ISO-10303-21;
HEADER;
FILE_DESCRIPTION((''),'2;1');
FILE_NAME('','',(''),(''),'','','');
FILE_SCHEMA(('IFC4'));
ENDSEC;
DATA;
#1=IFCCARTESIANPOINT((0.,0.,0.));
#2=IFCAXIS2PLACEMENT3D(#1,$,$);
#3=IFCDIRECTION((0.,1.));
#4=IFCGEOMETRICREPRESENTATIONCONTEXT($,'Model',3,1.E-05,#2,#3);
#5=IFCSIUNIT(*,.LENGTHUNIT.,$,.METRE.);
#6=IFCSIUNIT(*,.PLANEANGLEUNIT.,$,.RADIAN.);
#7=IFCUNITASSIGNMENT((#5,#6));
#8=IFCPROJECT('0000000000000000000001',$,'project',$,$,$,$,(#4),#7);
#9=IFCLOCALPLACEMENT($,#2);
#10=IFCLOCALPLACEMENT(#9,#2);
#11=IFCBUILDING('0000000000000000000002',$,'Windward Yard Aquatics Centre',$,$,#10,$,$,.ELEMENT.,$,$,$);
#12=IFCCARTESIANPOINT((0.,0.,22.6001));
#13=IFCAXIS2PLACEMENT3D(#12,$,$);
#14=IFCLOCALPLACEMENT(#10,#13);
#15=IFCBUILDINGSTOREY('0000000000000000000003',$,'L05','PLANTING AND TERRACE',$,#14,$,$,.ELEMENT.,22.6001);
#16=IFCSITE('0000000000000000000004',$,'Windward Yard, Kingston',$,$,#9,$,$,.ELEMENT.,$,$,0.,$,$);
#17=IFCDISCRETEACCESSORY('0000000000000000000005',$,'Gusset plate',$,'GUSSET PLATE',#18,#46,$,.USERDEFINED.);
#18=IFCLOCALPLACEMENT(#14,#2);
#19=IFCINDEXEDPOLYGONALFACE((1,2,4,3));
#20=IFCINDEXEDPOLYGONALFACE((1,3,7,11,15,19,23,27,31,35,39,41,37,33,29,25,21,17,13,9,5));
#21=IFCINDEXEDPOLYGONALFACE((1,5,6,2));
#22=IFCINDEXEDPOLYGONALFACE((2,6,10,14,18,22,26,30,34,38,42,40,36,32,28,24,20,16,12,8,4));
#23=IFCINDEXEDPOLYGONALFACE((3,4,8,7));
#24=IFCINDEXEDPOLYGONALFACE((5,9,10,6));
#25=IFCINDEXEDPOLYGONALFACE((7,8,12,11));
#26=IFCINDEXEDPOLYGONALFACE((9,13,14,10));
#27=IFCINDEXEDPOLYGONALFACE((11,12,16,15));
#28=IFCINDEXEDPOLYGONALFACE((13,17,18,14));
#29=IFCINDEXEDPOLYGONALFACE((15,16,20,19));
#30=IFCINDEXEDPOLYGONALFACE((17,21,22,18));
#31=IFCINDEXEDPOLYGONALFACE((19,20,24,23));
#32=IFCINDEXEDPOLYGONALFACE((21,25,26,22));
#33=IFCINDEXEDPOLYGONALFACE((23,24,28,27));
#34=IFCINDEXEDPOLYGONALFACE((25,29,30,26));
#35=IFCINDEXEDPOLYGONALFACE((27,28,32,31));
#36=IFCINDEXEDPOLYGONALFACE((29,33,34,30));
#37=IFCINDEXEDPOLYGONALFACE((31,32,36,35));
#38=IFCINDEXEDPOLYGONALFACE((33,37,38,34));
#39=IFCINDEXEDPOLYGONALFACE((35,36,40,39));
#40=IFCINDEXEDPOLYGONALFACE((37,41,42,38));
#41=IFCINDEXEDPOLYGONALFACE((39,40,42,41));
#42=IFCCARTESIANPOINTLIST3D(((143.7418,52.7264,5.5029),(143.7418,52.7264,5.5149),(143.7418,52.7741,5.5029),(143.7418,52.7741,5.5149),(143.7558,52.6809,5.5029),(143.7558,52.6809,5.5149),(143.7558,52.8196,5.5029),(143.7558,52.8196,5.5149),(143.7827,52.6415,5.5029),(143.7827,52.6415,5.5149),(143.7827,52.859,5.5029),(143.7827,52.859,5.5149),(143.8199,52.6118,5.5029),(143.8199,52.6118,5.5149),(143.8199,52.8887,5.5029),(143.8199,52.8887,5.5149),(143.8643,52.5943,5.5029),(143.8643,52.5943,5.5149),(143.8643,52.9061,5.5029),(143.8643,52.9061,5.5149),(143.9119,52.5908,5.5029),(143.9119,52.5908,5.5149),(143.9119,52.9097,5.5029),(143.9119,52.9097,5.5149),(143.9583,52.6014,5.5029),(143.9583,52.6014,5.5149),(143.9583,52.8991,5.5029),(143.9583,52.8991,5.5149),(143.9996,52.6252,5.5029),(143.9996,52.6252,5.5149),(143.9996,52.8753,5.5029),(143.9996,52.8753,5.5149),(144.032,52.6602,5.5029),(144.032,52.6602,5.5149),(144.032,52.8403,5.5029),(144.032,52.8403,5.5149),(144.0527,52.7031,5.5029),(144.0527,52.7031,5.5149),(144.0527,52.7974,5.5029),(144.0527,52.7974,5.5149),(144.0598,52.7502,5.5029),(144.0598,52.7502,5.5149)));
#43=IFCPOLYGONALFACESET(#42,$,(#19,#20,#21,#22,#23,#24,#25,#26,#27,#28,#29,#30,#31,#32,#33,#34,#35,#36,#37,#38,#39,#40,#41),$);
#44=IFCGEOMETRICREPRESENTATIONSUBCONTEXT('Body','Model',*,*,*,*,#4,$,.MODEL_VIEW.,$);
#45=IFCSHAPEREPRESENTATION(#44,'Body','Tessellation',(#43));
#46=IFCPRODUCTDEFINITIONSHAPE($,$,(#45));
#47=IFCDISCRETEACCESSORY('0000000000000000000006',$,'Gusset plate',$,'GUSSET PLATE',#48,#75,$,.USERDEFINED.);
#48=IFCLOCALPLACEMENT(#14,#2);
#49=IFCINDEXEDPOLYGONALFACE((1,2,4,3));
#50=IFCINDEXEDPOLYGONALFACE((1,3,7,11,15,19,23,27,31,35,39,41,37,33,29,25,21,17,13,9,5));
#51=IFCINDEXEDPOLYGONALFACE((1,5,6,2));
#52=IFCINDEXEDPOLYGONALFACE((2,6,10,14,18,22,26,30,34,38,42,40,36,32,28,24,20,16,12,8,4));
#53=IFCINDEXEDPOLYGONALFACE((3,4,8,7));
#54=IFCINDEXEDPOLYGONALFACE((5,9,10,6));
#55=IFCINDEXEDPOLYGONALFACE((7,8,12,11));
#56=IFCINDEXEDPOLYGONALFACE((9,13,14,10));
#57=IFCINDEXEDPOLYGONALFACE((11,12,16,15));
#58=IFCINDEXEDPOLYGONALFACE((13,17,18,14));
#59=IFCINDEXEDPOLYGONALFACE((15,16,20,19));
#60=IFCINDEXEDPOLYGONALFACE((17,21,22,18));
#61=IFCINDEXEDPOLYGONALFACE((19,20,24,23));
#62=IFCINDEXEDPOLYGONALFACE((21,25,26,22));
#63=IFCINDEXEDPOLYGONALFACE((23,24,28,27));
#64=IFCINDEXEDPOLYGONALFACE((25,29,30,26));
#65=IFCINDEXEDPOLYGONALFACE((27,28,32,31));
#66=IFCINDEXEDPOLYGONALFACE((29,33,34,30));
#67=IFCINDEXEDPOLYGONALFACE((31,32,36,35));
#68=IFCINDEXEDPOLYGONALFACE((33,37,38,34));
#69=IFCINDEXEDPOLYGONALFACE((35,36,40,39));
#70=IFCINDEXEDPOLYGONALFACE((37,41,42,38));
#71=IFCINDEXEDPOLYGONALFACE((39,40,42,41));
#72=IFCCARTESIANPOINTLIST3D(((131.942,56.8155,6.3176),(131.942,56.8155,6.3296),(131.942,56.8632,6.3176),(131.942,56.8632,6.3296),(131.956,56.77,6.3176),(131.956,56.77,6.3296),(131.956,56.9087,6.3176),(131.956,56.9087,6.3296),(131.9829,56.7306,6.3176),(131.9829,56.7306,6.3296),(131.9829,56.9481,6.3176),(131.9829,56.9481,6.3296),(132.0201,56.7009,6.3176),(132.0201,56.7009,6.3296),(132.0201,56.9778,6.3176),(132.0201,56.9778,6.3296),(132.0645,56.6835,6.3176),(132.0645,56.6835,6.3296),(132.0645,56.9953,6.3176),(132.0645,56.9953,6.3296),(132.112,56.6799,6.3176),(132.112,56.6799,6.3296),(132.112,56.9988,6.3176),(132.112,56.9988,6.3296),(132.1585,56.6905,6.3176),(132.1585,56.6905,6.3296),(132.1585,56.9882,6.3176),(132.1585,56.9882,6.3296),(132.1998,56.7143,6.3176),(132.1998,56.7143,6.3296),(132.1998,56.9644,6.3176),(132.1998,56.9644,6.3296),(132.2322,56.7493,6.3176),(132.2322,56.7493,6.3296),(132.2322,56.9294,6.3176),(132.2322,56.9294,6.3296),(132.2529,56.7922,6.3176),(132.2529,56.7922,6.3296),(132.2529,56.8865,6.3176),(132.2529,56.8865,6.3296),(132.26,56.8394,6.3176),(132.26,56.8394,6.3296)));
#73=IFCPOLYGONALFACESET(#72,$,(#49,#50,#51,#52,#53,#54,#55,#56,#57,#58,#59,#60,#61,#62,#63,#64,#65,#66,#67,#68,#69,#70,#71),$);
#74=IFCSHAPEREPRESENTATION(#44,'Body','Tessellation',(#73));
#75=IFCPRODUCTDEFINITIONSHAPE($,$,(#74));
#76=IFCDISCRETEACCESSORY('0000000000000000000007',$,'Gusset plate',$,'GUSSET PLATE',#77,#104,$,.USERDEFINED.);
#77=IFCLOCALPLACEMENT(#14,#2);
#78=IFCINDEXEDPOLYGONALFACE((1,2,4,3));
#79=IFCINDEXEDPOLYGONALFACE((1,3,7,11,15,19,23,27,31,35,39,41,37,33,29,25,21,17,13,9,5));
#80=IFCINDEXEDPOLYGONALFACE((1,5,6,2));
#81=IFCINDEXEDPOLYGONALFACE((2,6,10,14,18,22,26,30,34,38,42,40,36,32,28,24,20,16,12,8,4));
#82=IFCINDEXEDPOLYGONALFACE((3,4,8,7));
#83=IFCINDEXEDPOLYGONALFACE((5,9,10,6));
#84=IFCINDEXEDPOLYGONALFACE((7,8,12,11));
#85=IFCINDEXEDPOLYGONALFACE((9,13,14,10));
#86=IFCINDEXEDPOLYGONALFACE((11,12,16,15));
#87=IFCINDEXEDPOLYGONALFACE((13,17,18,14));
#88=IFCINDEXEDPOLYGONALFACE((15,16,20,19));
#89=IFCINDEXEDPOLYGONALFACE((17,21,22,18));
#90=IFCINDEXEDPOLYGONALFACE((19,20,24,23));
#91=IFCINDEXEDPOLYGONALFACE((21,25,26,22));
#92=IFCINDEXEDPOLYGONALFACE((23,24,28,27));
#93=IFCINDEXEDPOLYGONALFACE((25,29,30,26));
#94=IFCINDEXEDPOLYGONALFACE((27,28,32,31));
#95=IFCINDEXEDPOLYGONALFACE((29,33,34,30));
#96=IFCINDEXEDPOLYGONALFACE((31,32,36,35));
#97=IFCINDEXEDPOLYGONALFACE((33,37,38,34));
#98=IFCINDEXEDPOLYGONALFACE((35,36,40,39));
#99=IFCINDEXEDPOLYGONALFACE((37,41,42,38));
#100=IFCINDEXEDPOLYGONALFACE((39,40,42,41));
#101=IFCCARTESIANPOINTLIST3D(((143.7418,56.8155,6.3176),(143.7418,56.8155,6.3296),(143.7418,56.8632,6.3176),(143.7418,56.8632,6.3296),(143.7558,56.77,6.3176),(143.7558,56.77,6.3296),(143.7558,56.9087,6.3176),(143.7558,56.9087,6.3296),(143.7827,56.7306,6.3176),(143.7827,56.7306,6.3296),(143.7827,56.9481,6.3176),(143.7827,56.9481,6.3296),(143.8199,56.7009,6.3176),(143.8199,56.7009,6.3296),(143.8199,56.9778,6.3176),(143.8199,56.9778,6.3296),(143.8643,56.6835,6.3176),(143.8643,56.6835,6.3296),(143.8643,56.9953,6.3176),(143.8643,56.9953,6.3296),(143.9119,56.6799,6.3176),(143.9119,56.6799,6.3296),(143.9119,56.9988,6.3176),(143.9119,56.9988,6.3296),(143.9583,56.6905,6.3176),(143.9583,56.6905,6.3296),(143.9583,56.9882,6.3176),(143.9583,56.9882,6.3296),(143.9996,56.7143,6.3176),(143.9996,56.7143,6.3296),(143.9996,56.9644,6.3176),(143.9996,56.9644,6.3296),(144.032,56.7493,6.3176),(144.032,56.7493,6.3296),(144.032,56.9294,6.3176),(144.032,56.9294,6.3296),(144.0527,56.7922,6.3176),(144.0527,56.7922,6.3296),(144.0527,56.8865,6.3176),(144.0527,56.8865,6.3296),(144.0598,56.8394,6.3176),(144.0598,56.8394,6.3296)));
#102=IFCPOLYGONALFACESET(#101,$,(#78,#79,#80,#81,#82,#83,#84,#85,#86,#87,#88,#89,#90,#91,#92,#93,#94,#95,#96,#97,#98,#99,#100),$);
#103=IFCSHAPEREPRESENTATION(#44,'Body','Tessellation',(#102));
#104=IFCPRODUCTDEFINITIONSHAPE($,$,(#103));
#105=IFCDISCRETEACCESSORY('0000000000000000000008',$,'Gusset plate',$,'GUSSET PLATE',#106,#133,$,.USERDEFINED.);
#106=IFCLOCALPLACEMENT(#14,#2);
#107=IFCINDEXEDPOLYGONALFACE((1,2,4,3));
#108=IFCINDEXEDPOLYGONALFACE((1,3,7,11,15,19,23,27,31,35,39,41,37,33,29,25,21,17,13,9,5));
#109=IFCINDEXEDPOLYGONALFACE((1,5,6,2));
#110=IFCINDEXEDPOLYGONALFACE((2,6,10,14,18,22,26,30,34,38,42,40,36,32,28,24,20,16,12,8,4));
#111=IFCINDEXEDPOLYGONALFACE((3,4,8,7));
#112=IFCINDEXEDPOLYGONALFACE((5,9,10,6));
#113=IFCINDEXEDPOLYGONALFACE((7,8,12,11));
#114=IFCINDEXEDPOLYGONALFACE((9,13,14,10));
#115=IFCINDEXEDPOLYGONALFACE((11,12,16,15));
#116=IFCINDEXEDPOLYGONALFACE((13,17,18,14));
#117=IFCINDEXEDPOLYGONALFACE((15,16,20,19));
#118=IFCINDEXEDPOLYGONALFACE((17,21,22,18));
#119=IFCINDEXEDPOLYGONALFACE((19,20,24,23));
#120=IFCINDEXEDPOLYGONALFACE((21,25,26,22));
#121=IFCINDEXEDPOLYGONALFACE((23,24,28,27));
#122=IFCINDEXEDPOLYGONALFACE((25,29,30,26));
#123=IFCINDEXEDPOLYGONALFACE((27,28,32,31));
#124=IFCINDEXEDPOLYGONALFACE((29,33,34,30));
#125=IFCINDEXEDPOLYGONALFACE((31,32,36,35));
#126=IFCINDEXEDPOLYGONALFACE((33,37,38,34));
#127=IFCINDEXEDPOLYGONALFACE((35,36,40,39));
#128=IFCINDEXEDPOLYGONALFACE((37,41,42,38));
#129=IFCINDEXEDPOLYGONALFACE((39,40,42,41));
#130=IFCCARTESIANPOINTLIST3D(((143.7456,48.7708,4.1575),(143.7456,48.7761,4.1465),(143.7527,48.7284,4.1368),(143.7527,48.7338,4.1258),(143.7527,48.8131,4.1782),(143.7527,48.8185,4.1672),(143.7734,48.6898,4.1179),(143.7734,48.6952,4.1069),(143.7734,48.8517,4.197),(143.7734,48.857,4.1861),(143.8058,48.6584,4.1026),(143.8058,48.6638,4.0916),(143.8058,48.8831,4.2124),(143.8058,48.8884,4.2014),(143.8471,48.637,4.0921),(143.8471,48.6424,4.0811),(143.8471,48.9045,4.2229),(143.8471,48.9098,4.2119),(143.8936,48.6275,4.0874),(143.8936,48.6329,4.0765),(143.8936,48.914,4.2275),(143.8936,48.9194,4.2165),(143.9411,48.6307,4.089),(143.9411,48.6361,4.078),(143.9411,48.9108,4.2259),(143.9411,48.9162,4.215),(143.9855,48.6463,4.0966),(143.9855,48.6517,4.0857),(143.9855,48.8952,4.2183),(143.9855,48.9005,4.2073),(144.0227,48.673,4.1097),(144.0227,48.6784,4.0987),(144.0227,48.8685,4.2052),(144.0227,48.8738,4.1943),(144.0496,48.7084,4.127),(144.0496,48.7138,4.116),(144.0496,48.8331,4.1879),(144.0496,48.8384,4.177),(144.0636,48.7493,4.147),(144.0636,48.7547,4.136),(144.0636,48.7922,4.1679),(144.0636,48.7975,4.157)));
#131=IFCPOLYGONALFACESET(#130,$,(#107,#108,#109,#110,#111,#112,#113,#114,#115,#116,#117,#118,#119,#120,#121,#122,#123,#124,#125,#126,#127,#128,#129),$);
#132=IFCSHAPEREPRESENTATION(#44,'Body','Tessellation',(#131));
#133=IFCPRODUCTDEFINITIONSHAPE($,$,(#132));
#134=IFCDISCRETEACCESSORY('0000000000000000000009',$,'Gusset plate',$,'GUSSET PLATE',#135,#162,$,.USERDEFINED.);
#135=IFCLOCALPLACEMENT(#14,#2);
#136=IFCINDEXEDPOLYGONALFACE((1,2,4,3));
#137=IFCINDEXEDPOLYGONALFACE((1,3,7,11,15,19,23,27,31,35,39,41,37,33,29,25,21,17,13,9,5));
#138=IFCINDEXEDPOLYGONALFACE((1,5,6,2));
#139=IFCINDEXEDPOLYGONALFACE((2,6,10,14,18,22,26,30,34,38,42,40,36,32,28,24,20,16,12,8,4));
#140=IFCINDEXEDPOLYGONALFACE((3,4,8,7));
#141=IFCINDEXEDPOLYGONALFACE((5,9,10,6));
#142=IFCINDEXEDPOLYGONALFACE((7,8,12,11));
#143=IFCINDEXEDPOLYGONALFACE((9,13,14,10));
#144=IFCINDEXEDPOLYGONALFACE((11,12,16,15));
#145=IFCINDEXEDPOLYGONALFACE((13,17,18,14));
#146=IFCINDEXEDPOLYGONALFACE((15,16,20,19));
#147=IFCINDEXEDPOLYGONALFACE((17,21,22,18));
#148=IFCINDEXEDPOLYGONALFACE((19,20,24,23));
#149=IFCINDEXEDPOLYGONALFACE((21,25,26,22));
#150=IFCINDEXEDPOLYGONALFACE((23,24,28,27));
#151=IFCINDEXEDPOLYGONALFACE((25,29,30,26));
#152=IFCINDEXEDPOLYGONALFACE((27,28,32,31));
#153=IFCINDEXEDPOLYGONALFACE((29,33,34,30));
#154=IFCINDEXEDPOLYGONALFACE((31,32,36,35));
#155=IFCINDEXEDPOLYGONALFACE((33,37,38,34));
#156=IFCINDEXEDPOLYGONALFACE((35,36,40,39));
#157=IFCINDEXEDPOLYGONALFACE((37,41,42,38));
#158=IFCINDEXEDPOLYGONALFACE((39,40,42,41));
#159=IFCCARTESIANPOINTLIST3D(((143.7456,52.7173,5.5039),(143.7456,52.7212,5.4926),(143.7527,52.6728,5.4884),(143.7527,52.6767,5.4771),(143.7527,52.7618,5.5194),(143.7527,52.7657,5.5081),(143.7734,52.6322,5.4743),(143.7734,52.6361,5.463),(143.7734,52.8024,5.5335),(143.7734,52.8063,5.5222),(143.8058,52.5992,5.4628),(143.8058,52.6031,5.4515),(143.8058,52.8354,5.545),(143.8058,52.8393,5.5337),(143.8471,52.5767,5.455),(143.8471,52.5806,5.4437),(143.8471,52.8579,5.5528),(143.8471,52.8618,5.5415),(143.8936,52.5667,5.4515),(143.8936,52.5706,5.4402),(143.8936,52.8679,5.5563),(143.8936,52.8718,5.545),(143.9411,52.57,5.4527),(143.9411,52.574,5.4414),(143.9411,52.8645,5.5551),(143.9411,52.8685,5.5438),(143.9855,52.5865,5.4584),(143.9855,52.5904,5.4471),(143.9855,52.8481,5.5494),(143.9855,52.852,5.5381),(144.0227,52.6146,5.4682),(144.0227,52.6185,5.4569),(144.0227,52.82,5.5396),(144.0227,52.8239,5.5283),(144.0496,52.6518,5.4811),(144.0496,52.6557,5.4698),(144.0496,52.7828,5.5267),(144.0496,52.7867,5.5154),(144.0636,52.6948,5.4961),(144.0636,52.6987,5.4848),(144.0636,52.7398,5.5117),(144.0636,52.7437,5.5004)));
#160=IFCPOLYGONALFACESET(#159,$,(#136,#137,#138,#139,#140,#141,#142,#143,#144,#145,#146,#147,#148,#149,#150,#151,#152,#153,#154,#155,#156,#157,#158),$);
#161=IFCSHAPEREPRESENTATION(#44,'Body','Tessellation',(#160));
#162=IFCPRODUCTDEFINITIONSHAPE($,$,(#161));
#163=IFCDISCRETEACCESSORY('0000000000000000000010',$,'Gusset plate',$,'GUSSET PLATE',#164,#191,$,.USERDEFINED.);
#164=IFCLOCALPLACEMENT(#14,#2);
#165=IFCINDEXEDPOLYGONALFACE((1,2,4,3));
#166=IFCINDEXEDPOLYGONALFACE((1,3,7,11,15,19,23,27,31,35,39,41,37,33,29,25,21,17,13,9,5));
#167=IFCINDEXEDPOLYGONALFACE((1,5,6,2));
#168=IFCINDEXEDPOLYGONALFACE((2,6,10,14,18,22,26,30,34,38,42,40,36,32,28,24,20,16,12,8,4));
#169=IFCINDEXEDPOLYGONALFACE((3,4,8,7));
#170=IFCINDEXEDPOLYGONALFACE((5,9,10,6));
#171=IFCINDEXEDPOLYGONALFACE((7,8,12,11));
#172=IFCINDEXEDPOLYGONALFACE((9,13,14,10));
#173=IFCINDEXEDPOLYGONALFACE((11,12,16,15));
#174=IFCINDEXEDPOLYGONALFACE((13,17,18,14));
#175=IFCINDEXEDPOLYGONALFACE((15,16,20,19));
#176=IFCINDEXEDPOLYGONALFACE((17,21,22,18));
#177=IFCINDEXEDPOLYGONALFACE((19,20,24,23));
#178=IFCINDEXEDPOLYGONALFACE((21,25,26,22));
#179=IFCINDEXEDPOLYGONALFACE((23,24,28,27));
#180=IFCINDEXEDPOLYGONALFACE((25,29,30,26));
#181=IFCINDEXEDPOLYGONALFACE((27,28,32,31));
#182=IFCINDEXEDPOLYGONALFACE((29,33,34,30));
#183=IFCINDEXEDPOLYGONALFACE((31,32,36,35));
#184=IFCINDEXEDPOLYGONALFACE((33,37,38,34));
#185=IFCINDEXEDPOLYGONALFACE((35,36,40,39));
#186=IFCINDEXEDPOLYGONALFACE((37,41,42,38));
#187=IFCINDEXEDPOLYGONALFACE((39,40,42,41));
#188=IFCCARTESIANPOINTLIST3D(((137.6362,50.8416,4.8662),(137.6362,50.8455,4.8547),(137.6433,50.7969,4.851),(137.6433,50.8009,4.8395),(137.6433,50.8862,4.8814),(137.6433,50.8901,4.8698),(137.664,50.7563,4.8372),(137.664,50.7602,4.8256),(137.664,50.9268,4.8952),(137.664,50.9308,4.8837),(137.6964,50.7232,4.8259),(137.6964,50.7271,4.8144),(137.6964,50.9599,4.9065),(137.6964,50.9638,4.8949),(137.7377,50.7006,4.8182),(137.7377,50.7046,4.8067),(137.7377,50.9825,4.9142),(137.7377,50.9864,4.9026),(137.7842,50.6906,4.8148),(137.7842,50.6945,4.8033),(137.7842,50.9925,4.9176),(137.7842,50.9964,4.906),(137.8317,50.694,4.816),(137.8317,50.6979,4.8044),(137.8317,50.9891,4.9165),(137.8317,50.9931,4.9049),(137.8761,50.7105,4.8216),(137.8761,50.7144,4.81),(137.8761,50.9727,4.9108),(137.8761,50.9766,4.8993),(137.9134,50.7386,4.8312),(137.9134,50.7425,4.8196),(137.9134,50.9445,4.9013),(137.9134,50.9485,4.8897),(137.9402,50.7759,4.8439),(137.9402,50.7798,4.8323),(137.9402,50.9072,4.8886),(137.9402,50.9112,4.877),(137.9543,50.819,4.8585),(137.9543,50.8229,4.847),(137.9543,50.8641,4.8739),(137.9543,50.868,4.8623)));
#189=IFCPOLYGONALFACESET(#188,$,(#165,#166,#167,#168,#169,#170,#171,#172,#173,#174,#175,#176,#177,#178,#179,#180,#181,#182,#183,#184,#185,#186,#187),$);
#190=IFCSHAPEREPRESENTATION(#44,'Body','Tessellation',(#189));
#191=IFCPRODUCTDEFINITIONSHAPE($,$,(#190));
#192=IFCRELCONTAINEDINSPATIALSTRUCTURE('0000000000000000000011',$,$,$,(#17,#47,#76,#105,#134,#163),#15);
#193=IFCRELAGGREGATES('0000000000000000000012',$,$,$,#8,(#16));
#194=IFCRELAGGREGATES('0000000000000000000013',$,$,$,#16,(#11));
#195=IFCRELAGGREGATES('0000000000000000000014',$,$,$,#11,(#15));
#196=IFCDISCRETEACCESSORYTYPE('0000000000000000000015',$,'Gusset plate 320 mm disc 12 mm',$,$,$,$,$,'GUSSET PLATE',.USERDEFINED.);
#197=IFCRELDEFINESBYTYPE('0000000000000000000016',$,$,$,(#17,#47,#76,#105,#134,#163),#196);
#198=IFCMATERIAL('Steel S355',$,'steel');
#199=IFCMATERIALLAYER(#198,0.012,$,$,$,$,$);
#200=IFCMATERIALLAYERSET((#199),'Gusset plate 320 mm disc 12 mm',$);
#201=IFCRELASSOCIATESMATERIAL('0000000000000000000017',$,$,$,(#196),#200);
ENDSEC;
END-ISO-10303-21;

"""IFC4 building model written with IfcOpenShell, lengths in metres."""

from ifc_helpers import new_model, si_unit, direction, frame, origin, origin_2d, place, context, subcontext, project, spatial, circle, extrude, material, layer, layer_set, type_object, element, save


model = new_model("IFC4")

# Units and contexts
model_context = context("Model", 3, precision=1e-05, world=origin(), true_north=direction((0.0, 1.0)))
body_context = subcontext(model_context, "Body", "Model", "MODEL_VIEW")
ifc_project = project(units=[si_unit("LENGTHUNIT", "METRE"), si_unit("PLANEANGLEUNIT", "RADIAN")], contexts=[model_context])

# Site, building, storey
site_placement = place(None, origin())
site = spatial("IfcSite", under=ifc_project, at=site_placement, Name="Windward Yard, Kingston", CompositionType="ELEMENT", RefElevation=0.0)
building_placement = place(site_placement, origin())
building = spatial("IfcBuilding", under=site, at=building_placement, Name="Windward Yard Aquatics Centre", CompositionType="ELEMENT")
storey_placement = place(building_placement, frame((0.0, 0.0, 22.6001)))
storey = spatial("IfcBuildingStorey", under=building, at=storey_placement, Name="L05", Description="PLANTING AND TERRACE", CompositionType="ELEMENT", Elevation=22.6001)

# Discrete accessories
ifc_material_1 = material(Name="Steel S355", Category="steel")
ifc_layer = layer(ifc_material_1, 0.012)
ifc_layer_set = layer_set([ifc_layer], Name="Gusset plate 320 mm disc 12 mm")
discrete_accessory_type = type_object("IfcDiscreteAccessoryType", Name="Gusset plate 320 mm disc 12 mm", ElementType="GUSSET PLATE", PredefinedType="USERDEFINED", material=ifc_layer_set)
for number, where, z_axis, x_axis, name in (
    (1, (143.8999, 52.7502, 5.5029), (0.0, 0.0, 1.0), (1.0, 0.0, 0.0), "Gusset plate"),
    (2, (132.1001, 56.8394, 6.3176), (0.0, 0.0, 1.0), (1.0, 0.0, 0.0), "Gusset plate"),
    (3, (143.8999, 56.8394, 6.3176), (0.0, 0.0, 1.0), (1.0, 0.0, 0.0), "Gusset plate"),
):
    element("IfcDiscreteAccessory", number, at=place(storey_placement, frame(where, z_axis=z_axis, x_axis=x_axis)), inside=storey, type_object=discrete_accessory_type, Name=name, ObjectType="GUSSET PLATE", PredefinedType="USERDEFINED", context=body_context, shape_type="SweptSolid", body=[
        extrude(circle(Radius=0.1599, at=origin_2d()), origin(), (0.0, 0.0, 1.0), 0.012),
    ])
discrete_accessory_1_placement = place(storey_placement, frame((143.9055, 48.7708, 4.1575), z_axis=(0.0, 0.43921, -0.898384), x_axis=(-1.0, 0.0, 0.0)))
element("IfcDiscreteAccessory", 4, at=discrete_accessory_1_placement, inside=storey, type_object=discrete_accessory_type, Name="Gusset plate", ObjectType="GUSSET PLATE", PredefinedType="USERDEFINED", context=body_context, shape_type="SweptSolid", body=[
    extrude(circle(Radius=0.1599, at=origin_2d()), origin(), (0.0, 0.0, 1.0), 0.0122),
])
discrete_accessory_2_placement = place(storey_placement, frame((143.9055, 52.7173, 5.5039), z_axis=(0.0, 0.328521, -0.944497), x_axis=(-1.0, 0.0, 0.0)))
element("IfcDiscreteAccessory", 5, at=discrete_accessory_2_placement, inside=storey, type_object=discrete_accessory_type, Name="Gusset plate", ObjectType="GUSSET PLATE", PredefinedType="USERDEFINED", context=body_context, shape_type="SweptSolid", body=[
    extrude(circle(Radius=0.1599, at=origin_2d()), origin(), (0.0, 0.0, 1.0), 0.012),
])
discrete_accessory_3_placement = place(storey_placement, frame((137.7961, 50.8416, 4.8662), z_axis=(0.0, 0.322264, -0.94665), x_axis=(-1.0, 0.0, 0.0)))
element("IfcDiscreteAccessory", 6, at=discrete_accessory_3_placement, inside=storey, type_object=discrete_accessory_type, Name="Gusset plate", ObjectType="GUSSET PLATE", PredefinedType="USERDEFINED", context=body_context, shape_type="SweptSolid", body=[
    extrude(circle(Radius=0.1599, at=origin_2d()), origin(), (0.0, 0.0, 1.0), 0.0122),
])

save(model, "model.ifc")
